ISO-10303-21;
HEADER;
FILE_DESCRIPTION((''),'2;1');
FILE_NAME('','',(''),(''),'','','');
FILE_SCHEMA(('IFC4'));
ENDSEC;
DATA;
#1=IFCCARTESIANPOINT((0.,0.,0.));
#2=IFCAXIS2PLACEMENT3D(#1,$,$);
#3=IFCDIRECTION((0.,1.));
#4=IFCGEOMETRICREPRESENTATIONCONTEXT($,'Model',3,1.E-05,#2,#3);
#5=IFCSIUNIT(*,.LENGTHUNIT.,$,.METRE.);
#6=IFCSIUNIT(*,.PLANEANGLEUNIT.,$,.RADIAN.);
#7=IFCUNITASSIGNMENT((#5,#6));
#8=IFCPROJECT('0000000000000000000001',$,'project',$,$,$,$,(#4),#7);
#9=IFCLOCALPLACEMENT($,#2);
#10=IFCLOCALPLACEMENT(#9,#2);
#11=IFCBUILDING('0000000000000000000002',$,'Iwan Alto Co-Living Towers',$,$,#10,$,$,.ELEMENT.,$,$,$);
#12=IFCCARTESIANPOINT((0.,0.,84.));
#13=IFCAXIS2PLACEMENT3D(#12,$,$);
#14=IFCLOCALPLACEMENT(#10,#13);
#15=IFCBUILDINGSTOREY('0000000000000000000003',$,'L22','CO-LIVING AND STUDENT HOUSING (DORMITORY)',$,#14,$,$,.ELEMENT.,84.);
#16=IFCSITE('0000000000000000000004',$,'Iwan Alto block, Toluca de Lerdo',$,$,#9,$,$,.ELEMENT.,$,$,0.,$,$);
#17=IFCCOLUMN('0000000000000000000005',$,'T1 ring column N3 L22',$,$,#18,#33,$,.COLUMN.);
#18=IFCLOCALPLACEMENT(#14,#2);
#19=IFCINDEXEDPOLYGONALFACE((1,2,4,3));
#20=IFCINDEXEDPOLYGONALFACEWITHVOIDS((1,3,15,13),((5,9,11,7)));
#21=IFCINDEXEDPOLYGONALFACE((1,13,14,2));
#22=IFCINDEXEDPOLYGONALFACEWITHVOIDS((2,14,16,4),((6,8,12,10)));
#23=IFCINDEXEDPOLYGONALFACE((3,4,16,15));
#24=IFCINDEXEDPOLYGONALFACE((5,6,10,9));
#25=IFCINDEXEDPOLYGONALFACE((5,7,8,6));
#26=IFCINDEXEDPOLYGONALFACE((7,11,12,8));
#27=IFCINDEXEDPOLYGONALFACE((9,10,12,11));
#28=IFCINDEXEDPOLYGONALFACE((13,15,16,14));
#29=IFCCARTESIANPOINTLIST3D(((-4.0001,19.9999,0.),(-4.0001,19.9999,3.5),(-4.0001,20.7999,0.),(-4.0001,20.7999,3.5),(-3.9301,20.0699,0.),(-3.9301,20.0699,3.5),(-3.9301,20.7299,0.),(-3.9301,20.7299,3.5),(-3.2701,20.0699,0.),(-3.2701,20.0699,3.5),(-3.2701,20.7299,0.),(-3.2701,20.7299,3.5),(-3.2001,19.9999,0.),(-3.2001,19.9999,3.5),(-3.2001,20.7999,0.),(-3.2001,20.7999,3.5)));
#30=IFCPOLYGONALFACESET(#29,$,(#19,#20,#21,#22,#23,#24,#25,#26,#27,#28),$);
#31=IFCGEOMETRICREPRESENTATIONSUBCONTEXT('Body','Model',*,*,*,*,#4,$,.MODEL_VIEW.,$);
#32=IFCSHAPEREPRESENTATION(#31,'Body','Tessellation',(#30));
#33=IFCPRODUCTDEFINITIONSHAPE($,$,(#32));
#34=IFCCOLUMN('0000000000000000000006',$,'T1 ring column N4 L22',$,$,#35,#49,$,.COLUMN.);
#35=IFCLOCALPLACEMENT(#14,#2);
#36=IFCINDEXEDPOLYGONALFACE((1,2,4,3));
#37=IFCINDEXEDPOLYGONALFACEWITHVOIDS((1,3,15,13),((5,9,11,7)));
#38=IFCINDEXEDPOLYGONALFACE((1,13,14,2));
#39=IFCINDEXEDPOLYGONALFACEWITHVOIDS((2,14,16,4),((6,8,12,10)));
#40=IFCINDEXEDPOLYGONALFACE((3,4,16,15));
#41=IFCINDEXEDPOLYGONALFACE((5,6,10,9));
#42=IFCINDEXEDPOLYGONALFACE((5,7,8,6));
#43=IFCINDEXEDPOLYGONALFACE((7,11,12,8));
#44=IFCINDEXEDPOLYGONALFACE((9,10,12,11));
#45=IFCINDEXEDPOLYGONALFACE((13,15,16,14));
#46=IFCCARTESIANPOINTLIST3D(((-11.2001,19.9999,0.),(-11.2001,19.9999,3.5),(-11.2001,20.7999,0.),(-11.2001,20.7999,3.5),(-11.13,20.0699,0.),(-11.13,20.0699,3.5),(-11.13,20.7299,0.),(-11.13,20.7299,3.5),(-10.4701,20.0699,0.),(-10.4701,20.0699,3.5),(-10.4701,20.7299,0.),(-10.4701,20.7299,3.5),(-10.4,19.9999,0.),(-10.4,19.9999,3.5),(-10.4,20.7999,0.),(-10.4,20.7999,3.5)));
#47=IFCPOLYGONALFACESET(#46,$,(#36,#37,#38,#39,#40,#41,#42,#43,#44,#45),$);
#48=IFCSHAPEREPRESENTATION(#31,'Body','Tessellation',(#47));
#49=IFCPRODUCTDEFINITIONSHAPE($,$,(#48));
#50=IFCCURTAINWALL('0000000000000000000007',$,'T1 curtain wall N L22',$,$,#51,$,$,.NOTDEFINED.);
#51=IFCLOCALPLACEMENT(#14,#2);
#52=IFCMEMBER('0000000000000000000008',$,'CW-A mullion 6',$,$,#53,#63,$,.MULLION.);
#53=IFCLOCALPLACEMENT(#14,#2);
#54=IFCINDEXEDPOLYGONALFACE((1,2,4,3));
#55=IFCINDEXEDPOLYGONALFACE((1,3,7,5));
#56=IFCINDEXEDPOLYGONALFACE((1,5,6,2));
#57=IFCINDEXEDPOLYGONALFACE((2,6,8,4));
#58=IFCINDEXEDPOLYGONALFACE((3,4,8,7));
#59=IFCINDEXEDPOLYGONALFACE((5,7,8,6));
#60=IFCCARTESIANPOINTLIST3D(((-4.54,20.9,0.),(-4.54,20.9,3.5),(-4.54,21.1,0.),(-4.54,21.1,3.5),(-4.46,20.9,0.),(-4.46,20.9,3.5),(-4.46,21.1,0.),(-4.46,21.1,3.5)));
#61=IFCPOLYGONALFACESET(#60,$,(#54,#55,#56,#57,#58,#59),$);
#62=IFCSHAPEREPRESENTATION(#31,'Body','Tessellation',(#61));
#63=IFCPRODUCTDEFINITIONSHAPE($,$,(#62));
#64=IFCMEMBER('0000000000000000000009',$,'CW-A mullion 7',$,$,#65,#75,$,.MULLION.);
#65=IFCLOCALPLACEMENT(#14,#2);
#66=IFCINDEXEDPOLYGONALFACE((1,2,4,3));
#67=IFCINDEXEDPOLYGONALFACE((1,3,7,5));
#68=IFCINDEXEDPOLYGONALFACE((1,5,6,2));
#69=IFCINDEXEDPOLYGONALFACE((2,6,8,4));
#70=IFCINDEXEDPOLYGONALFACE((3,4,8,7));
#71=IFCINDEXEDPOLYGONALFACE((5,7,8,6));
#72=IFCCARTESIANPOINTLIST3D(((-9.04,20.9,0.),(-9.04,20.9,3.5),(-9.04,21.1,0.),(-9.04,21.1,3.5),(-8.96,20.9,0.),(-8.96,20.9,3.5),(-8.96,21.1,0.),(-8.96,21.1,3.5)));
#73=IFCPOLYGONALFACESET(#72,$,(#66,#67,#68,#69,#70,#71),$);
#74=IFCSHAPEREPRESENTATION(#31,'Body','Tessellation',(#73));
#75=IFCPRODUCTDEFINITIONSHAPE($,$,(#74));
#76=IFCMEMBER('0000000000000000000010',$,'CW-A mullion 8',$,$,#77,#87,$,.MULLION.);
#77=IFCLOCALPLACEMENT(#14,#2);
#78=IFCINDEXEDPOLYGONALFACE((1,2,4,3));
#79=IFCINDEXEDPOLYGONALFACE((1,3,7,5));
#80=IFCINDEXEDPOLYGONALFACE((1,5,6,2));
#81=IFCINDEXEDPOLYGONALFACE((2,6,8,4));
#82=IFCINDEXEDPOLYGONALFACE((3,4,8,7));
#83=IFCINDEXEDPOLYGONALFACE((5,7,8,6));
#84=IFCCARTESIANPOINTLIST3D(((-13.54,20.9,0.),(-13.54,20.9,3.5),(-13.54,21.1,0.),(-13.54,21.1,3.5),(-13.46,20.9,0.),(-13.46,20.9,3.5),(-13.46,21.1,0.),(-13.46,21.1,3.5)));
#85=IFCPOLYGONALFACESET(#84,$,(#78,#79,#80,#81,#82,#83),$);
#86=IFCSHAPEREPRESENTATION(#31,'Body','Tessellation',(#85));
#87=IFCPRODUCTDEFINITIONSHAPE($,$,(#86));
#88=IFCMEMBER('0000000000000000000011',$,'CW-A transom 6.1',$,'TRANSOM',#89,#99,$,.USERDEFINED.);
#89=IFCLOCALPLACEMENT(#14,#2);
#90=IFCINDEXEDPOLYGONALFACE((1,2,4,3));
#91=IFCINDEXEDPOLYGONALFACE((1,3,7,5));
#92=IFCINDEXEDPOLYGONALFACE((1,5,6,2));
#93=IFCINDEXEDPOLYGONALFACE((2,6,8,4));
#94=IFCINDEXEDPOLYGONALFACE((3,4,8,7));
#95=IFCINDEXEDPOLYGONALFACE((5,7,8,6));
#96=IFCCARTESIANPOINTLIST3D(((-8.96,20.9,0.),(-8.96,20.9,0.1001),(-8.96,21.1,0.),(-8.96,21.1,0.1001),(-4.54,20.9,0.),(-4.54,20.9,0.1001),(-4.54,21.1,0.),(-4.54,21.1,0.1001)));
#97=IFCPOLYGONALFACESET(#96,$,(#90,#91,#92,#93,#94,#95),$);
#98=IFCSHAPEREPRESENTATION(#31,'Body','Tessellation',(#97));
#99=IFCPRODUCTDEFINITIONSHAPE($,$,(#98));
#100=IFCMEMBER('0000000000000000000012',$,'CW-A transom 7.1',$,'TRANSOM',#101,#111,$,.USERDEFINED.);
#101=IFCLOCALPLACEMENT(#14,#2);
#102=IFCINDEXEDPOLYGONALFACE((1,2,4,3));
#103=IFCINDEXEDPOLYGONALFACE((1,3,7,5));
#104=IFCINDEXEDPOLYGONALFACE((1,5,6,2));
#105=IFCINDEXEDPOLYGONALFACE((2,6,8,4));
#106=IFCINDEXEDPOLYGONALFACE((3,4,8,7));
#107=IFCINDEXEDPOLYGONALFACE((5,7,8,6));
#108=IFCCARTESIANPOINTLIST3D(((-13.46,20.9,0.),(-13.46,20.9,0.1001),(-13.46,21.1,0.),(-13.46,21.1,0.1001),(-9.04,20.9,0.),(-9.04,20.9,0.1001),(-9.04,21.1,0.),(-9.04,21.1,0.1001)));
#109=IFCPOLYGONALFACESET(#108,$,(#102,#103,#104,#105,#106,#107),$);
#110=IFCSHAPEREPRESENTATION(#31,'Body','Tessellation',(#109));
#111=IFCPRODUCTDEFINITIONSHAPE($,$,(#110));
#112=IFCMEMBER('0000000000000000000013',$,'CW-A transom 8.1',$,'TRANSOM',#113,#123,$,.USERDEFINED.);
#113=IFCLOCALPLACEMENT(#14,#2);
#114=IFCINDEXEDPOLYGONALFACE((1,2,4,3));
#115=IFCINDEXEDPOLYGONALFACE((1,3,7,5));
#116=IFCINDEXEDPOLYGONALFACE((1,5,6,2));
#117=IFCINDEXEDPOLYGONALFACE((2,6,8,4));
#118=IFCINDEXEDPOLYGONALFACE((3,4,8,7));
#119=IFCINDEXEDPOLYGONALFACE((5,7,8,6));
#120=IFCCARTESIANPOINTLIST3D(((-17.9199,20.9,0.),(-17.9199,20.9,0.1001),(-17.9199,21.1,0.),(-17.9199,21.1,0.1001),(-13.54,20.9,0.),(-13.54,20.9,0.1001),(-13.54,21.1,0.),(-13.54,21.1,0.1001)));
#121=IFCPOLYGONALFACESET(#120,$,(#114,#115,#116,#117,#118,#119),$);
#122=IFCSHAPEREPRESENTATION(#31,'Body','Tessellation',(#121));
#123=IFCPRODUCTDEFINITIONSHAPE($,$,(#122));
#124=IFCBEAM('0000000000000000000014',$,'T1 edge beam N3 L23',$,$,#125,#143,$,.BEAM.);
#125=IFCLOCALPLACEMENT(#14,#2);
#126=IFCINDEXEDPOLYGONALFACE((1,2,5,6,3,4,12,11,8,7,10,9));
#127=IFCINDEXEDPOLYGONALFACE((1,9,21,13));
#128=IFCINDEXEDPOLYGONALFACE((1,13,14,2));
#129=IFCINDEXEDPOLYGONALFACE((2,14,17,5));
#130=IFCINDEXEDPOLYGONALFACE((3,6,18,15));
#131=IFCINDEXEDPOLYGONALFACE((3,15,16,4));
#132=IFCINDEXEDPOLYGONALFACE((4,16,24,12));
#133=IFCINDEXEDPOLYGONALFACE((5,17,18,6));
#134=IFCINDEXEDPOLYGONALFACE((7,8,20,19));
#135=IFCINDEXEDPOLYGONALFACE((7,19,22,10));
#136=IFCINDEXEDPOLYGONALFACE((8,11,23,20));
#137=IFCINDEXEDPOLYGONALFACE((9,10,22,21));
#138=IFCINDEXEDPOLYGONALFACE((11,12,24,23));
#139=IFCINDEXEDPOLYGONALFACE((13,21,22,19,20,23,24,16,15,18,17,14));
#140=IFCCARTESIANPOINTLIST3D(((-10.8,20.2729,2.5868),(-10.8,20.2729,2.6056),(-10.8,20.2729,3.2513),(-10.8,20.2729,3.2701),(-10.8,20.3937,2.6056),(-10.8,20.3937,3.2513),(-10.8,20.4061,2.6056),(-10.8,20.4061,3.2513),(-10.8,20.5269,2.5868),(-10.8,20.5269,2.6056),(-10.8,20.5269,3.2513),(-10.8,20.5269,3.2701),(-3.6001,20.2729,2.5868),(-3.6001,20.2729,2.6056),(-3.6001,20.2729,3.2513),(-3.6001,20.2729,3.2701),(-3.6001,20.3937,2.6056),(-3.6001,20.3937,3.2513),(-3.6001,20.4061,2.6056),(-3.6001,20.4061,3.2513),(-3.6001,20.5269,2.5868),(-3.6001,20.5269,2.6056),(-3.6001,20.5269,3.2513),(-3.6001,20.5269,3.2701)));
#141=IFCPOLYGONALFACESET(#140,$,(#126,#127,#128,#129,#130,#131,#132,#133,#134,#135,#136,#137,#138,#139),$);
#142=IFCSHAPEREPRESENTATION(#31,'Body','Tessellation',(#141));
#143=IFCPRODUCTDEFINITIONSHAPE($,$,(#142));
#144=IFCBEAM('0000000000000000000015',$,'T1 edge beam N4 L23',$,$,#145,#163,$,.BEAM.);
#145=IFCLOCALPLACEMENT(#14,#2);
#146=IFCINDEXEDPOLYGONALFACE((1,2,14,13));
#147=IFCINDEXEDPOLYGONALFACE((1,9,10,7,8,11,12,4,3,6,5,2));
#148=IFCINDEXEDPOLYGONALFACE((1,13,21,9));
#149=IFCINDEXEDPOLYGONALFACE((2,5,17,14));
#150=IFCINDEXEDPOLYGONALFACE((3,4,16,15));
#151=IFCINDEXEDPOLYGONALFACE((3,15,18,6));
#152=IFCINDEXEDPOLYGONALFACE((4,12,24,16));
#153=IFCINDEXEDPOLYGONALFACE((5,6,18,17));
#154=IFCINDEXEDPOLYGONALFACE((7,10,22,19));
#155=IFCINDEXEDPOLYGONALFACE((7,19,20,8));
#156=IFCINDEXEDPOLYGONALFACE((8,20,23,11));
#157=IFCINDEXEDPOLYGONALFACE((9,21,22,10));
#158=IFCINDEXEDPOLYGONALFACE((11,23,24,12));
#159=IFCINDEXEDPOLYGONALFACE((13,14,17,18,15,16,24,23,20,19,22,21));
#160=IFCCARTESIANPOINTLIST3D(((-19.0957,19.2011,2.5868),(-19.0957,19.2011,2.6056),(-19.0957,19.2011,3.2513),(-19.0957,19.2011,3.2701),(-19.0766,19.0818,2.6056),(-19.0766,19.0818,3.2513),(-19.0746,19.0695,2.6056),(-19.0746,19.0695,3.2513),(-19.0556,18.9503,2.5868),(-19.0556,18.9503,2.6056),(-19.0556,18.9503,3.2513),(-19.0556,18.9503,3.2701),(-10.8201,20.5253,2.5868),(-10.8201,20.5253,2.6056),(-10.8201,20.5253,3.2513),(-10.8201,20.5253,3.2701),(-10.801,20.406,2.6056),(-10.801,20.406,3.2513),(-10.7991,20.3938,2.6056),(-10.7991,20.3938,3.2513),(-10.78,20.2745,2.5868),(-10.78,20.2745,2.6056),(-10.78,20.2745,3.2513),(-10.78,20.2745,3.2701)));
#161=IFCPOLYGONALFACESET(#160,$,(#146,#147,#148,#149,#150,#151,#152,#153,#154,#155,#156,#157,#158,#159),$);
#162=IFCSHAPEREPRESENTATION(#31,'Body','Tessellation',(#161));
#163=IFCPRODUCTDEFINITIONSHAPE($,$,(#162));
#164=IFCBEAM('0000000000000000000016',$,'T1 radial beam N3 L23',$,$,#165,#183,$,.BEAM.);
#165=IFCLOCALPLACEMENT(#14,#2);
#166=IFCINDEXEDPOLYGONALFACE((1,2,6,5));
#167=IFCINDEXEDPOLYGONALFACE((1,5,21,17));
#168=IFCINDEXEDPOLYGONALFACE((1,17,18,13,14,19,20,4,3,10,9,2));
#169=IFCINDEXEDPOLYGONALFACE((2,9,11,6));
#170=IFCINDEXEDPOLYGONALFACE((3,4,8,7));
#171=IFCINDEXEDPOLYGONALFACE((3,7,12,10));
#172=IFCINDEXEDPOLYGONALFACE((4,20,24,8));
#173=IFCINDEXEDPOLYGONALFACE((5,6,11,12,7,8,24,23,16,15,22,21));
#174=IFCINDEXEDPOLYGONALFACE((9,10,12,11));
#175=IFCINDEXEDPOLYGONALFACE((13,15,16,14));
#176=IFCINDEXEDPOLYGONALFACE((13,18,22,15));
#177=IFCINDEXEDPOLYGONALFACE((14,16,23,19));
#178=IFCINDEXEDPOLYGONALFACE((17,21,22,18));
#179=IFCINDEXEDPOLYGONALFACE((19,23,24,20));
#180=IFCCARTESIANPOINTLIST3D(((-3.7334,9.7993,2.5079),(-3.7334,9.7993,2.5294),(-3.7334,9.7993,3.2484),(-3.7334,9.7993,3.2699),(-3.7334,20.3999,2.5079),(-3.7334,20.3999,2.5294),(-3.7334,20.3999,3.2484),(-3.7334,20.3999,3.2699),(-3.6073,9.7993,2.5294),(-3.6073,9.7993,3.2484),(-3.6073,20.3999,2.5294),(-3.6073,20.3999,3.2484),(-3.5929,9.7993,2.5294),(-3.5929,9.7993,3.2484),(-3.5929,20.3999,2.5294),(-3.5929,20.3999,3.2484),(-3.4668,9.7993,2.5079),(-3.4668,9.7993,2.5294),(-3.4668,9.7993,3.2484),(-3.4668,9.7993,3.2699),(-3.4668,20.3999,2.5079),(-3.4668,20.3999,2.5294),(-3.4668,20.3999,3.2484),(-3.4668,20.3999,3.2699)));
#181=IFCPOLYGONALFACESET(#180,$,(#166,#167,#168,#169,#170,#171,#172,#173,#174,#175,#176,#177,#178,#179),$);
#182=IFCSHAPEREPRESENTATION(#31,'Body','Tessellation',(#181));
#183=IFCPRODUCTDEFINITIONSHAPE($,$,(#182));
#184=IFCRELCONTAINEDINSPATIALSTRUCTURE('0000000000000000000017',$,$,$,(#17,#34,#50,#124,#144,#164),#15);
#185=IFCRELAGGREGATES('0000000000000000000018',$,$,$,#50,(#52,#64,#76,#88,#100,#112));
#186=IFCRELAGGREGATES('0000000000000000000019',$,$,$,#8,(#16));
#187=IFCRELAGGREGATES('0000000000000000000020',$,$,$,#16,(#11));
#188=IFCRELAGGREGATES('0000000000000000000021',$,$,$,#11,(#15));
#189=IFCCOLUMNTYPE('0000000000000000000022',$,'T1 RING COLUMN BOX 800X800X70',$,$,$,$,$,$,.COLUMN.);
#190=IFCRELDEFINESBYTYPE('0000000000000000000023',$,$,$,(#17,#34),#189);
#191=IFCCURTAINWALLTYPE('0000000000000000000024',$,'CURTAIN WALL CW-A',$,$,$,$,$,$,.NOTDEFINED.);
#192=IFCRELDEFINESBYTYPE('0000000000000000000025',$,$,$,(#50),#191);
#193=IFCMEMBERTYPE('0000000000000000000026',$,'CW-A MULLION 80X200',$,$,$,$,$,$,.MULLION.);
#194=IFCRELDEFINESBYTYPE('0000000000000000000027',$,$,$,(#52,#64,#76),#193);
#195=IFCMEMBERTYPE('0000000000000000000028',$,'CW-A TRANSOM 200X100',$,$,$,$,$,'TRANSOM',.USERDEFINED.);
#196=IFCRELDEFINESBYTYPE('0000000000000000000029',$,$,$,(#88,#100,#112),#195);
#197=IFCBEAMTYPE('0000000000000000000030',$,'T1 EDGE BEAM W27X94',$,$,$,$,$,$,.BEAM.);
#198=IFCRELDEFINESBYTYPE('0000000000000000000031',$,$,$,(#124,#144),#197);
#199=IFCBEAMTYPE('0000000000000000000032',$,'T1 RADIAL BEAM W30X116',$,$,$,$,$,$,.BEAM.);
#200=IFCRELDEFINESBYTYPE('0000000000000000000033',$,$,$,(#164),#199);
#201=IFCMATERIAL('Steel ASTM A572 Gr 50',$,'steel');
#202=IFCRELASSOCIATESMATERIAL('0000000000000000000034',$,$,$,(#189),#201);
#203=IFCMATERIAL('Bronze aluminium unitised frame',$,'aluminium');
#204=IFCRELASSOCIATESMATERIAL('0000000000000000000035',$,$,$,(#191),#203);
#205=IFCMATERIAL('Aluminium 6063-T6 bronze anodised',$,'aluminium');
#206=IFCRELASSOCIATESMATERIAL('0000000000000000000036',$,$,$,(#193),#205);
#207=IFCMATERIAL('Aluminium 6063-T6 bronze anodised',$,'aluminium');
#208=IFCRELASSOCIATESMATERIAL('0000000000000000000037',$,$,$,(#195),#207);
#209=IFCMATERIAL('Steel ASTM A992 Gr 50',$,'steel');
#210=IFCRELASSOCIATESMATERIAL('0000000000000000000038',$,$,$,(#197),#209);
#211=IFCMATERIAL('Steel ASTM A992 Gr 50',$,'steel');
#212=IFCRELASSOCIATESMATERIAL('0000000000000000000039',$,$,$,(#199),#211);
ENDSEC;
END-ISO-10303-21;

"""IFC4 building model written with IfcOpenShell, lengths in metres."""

from ifc_helpers import new_model, si_unit, direction, frame, origin, origin_2d, place, context, subcontext, project, spatial, rectangle, hollow_rectangle, i_section, extrude, material, material_profile, profile_set, type_object, element, aggregate, save


model = new_model("IFC4")

# Units and contexts
model_context = context("Model", 3, precision=1e-05, world=origin(), true_north=direction((0.0, 1.0)))
body_context = subcontext(model_context, "Body", "Model", "MODEL_VIEW")
ifc_project = project(units=[si_unit("LENGTHUNIT", "METRE"), si_unit("PLANEANGLEUNIT", "RADIAN")], contexts=[model_context])

# Site, building, storey
site_placement = place(None, origin())
site = spatial("IfcSite", under=ifc_project, at=site_placement, Name="Iwan Alto block, Toluca de Lerdo", CompositionType="ELEMENT", RefElevation=0.0)
building_placement = place(site_placement, origin())
building = spatial("IfcBuilding", under=site, at=building_placement, Name="Iwan Alto Co-Living Towers", CompositionType="ELEMENT")
storey_placement = place(building_placement, frame((0.0, 0.0, 84.0)))
storey = spatial("IfcBuildingStorey", under=building, at=storey_placement, Name="L22", Description="CO-LIVING AND STUDENT HOUSING (DORMITORY)", CompositionType="ELEMENT", Elevation=84.0)

# Columns
ifc_material_1 = material(Name="Steel ASTM A572 Gr 50", Category="steel")
ifc_material_profile_1 = material_profile(ifc_material_1, hollow_rectangle(XDim=0.8, YDim=0.8, WallThickness=0.0701, at=origin_2d()), Name="BOX 800X800X70")
ifc_profile_set_1 = profile_set([ifc_material_profile_1], Name="Steel ASTM A572 Gr 50")
column_type = type_object("IfcColumnType", Name="T1 RING COLUMN BOX 800X800X70", PredefinedType="COLUMN", material=ifc_profile_set_1)
for number, where, z_axis, x_axis, name in (
    (1, (-3.6001, 20.3999, 0.0), (0.0, 0.0, 1.0), (1.0, 0.0, 0.0), "T1 ring column N3 L22"),
    (2, (-10.8, 20.3999, 0.0), (0.0, 0.0, 1.0), (1.0, 0.0, 0.0), "T1 ring column N4 L22"),
):
    element("IfcColumn", number, at=place(storey_placement, frame(where, z_axis=z_axis, x_axis=x_axis)), inside=storey, type_object=column_type, Name=name, PredefinedType="COLUMN", context=body_context, shape_type="SweptSolid", body=[
        extrude(hollow_rectangle(XDim=0.8, YDim=0.8, WallThickness=0.0701, at=origin_2d()), origin(), (0.0, 0.0, 1.0), 3.5),
    ])

# Curtain wall, members
ifc_material_2 = material(Name="Bronze aluminium unitised frame", Category="aluminium")
curtain_wall_type = type_object("IfcCurtainWallType", Name="CURTAIN WALL CW-A", PredefinedType="NOTDEFINED", material=ifc_material_2)
curtain_wall_placement = place(storey_placement, origin())
curtain_wall = element("IfcCurtainWall", 3, at=curtain_wall_placement, inside=storey, type_object=curtain_wall_type, Name="T1 curtain wall N L22", PredefinedType="NOTDEFINED")
ifc_material_3 = material(Name="Aluminium 6063-T6 bronze anodised", Category="aluminium")
ifc_material_profile_2 = material_profile(ifc_material_3, rectangle(XDim=0.2, YDim=0.0801, at=origin_2d()), Name="AL 80X200")
ifc_profile_set_2 = profile_set([ifc_material_profile_2], Name="Aluminium 6063-T6 bronze anodised")
member_type_1 = type_object("IfcMemberType", Name="CW-A MULLION 80X200", PredefinedType="MULLION", material=ifc_profile_set_2)
member_1_placement = place(storey_placement, frame((-4.5, 21.0, 0.0), z_axis=(0.0, 0.0, 1.0), x_axis=(0.0, -1.0, 0.0)))
member_1 = element("IfcMember", 4, at=member_1_placement, type_object=member_type_1, Name="CW-A mullion 6", PredefinedType="MULLION", context=body_context, shape_type="SweptSolid", body=[
    extrude(rectangle(XDim=0.2, YDim=0.0801, at=origin_2d()), origin(), (0.0, 0.0, 1.0), 3.5),
])
member_2_placement = place(storey_placement, frame((-9.0, 21.0, 0.0), z_axis=(0.0, 0.0, 1.0), x_axis=(0.0, -1.0, 0.0)))
member_2 = element("IfcMember", 5, at=member_2_placement, type_object=member_type_1, Name="CW-A mullion 7", PredefinedType="MULLION", context=body_context, shape_type="SweptSolid", body=[
    extrude(rectangle(XDim=0.2, YDim=0.0801, at=origin_2d()), origin(), (0.0, 0.0, 1.0), 3.5),
])
member_3_placement = place(storey_placement, frame((-13.5, 21.0, 0.0), z_axis=(0.0, 0.0, 1.0), x_axis=(0.0, -1.0, 0.0)))
member_3 = element("IfcMember", 6, at=member_3_placement, type_object=member_type_1, Name="CW-A mullion 8", PredefinedType="MULLION", context=body_context, shape_type="SweptSolid", body=[
    extrude(rectangle(XDim=0.2, YDim=0.0801, at=origin_2d()), origin(), (0.0, 0.0, 1.0), 3.5),
])
ifc_material_4 = material(Name="Aluminium 6063-T6 bronze anodised", Category="aluminium")
ifc_material_profile_3 = material_profile(ifc_material_4, rectangle(XDim=0.2, YDim=0.1001, at=origin_2d()), Name="AL 200X100")
ifc_profile_set_3 = profile_set([ifc_material_profile_3], Name="Aluminium 6063-T6 bronze anodised")
member_type_2 = type_object("IfcMemberType", Name="CW-A TRANSOM 200X100", ElementType="TRANSOM", PredefinedType="USERDEFINED", material=ifc_profile_set_3)
member_4_placement = place(storey_placement, frame((-4.54, 21.0, 0.05), z_axis=(-1.0, 0.0, 0.0), x_axis=(0.0, -1.0, 0.0)))
member_4 = element("IfcMember", 7, at=member_4_placement, type_object=member_type_2, Name="CW-A transom 6.1", ObjectType="TRANSOM", PredefinedType="USERDEFINED", context=body_context, shape_type="SweptSolid", body=[
    extrude(rectangle(XDim=0.2, YDim=0.1001, at=origin_2d()), origin(), (0.0, 0.0, 1.0), 4.4199),
])
member_5_placement = place(storey_placement, frame((-9.04, 21.0, 0.05), z_axis=(-1.0, 0.0, 0.0), x_axis=(0.0, -1.0, 0.0)))
member_5 = element("IfcMember", 8, at=member_5_placement, type_object=member_type_2, Name="CW-A transom 7.1", ObjectType="TRANSOM", PredefinedType="USERDEFINED", context=body_context, shape_type="SweptSolid", body=[
    extrude(rectangle(XDim=0.2, YDim=0.1001, at=origin_2d()), origin(), (0.0, 0.0, 1.0), 4.4199),
])
member_6_placement = place(storey_placement, frame((-13.54, 21.0, 0.05), z_axis=(-1.0, 0.0, 0.0), x_axis=(0.0, -1.0, 0.0)))
member_6 = element("IfcMember", 9, at=member_6_placement, type_object=member_type_2, Name="CW-A transom 8.1", ObjectType="TRANSOM", PredefinedType="USERDEFINED", context=body_context, shape_type="SweptSolid", body=[
    extrude(rectangle(XDim=0.2, YDim=0.1001, at=origin_2d()), origin(), (0.0, 0.0, 1.0), 4.3799),
])

# Beams
ifc_material_5 = material(Name="Steel ASTM A992 Gr 50", Category="steel")
ifc_material_profile_4 = material_profile(ifc_material_5, i_section(OverallWidth=0.2539, OverallDepth=0.6833, WebThickness=0.0125, FlangeThickness=0.0188, at=origin_2d()), Name="W27X94")
ifc_profile_set_4 = profile_set([ifc_material_profile_4], Name="Steel ASTM A992 Gr 50")
beam_type_1 = type_object("IfcBeamType", Name="T1 EDGE BEAM W27X94", PredefinedType="BEAM", material=ifc_profile_set_4)
beam_1_placement = place(storey_placement, frame((-3.6001, 20.3999, 2.9285), z_axis=(-1.0, 0.0, 0.0), x_axis=(0.0, -1.0, 0.0)))
element("IfcBeam", 10, at=beam_1_placement, inside=storey, type_object=beam_type_1, Name="T1 edge beam N3 L23", PredefinedType="BEAM", context=body_context, shape_type="SweptSolid", body=[
    extrude(i_section(OverallWidth=0.2539, OverallDepth=0.6833, WebThickness=0.0125, FlangeThickness=0.0188, at=origin_2d()), origin(), (0.0, 0.0, 1.0), 7.2),
])
beam_2_placement = place(storey_placement, frame((-10.8, 20.3999, 2.9285), z_axis=(-0.987438, -0.158004, 0.0), x_axis=(0.158004, -0.987438, 0.0)))
element("IfcBeam", 11, at=beam_2_placement, inside=storey, type_object=beam_type_1, Name="T1 edge beam N4 L23", PredefinedType="BEAM", context=body_context, shape_type="SweptSolid", body=[
    extrude(i_section(OverallWidth=0.2539, OverallDepth=0.6833, WebThickness=0.0125, FlangeThickness=0.0188, at=origin_2d()), origin(), (0.0, 0.0, 1.0), 8.3809),
])
ifc_material_6 = material(Name="Steel ASTM A992 Gr 50", Category="steel")
ifc_material_profile_5 = material_profile(ifc_material_6, i_section(OverallWidth=0.2666, OverallDepth=0.762, WebThickness=0.0144, FlangeThickness=0.0215, at=origin_2d()), Name="W30X116")
ifc_profile_set_5 = profile_set([ifc_material_profile_5], Name="Steel ASTM A992 Gr 50")
beam_type_2 = type_object("IfcBeamType", Name="T1 RADIAL BEAM W30X116", PredefinedType="BEAM", material=ifc_profile_set_5)
beam_3_placement = place(storey_placement, frame((-3.6001, 20.3999, 2.8889), z_axis=(0.0, -1.0, 0.0), x_axis=(1.0, 0.0, 0.0)))
element("IfcBeam", 12, at=beam_3_placement, inside=storey, type_object=beam_type_2, Name="T1 radial beam N3 L23", PredefinedType="BEAM", context=body_context, shape_type="SweptSolid", body=[
    extrude(i_section(OverallWidth=0.2666, OverallDepth=0.762, WebThickness=0.0144, FlangeThickness=0.0215, at=origin_2d()), origin(), (0.0, 0.0, 1.0), 10.6006),
])

aggregate(curtain_wall, [member_1, member_2, member_3, member_4, member_5, member_6])

save(model, "model.ifc")
